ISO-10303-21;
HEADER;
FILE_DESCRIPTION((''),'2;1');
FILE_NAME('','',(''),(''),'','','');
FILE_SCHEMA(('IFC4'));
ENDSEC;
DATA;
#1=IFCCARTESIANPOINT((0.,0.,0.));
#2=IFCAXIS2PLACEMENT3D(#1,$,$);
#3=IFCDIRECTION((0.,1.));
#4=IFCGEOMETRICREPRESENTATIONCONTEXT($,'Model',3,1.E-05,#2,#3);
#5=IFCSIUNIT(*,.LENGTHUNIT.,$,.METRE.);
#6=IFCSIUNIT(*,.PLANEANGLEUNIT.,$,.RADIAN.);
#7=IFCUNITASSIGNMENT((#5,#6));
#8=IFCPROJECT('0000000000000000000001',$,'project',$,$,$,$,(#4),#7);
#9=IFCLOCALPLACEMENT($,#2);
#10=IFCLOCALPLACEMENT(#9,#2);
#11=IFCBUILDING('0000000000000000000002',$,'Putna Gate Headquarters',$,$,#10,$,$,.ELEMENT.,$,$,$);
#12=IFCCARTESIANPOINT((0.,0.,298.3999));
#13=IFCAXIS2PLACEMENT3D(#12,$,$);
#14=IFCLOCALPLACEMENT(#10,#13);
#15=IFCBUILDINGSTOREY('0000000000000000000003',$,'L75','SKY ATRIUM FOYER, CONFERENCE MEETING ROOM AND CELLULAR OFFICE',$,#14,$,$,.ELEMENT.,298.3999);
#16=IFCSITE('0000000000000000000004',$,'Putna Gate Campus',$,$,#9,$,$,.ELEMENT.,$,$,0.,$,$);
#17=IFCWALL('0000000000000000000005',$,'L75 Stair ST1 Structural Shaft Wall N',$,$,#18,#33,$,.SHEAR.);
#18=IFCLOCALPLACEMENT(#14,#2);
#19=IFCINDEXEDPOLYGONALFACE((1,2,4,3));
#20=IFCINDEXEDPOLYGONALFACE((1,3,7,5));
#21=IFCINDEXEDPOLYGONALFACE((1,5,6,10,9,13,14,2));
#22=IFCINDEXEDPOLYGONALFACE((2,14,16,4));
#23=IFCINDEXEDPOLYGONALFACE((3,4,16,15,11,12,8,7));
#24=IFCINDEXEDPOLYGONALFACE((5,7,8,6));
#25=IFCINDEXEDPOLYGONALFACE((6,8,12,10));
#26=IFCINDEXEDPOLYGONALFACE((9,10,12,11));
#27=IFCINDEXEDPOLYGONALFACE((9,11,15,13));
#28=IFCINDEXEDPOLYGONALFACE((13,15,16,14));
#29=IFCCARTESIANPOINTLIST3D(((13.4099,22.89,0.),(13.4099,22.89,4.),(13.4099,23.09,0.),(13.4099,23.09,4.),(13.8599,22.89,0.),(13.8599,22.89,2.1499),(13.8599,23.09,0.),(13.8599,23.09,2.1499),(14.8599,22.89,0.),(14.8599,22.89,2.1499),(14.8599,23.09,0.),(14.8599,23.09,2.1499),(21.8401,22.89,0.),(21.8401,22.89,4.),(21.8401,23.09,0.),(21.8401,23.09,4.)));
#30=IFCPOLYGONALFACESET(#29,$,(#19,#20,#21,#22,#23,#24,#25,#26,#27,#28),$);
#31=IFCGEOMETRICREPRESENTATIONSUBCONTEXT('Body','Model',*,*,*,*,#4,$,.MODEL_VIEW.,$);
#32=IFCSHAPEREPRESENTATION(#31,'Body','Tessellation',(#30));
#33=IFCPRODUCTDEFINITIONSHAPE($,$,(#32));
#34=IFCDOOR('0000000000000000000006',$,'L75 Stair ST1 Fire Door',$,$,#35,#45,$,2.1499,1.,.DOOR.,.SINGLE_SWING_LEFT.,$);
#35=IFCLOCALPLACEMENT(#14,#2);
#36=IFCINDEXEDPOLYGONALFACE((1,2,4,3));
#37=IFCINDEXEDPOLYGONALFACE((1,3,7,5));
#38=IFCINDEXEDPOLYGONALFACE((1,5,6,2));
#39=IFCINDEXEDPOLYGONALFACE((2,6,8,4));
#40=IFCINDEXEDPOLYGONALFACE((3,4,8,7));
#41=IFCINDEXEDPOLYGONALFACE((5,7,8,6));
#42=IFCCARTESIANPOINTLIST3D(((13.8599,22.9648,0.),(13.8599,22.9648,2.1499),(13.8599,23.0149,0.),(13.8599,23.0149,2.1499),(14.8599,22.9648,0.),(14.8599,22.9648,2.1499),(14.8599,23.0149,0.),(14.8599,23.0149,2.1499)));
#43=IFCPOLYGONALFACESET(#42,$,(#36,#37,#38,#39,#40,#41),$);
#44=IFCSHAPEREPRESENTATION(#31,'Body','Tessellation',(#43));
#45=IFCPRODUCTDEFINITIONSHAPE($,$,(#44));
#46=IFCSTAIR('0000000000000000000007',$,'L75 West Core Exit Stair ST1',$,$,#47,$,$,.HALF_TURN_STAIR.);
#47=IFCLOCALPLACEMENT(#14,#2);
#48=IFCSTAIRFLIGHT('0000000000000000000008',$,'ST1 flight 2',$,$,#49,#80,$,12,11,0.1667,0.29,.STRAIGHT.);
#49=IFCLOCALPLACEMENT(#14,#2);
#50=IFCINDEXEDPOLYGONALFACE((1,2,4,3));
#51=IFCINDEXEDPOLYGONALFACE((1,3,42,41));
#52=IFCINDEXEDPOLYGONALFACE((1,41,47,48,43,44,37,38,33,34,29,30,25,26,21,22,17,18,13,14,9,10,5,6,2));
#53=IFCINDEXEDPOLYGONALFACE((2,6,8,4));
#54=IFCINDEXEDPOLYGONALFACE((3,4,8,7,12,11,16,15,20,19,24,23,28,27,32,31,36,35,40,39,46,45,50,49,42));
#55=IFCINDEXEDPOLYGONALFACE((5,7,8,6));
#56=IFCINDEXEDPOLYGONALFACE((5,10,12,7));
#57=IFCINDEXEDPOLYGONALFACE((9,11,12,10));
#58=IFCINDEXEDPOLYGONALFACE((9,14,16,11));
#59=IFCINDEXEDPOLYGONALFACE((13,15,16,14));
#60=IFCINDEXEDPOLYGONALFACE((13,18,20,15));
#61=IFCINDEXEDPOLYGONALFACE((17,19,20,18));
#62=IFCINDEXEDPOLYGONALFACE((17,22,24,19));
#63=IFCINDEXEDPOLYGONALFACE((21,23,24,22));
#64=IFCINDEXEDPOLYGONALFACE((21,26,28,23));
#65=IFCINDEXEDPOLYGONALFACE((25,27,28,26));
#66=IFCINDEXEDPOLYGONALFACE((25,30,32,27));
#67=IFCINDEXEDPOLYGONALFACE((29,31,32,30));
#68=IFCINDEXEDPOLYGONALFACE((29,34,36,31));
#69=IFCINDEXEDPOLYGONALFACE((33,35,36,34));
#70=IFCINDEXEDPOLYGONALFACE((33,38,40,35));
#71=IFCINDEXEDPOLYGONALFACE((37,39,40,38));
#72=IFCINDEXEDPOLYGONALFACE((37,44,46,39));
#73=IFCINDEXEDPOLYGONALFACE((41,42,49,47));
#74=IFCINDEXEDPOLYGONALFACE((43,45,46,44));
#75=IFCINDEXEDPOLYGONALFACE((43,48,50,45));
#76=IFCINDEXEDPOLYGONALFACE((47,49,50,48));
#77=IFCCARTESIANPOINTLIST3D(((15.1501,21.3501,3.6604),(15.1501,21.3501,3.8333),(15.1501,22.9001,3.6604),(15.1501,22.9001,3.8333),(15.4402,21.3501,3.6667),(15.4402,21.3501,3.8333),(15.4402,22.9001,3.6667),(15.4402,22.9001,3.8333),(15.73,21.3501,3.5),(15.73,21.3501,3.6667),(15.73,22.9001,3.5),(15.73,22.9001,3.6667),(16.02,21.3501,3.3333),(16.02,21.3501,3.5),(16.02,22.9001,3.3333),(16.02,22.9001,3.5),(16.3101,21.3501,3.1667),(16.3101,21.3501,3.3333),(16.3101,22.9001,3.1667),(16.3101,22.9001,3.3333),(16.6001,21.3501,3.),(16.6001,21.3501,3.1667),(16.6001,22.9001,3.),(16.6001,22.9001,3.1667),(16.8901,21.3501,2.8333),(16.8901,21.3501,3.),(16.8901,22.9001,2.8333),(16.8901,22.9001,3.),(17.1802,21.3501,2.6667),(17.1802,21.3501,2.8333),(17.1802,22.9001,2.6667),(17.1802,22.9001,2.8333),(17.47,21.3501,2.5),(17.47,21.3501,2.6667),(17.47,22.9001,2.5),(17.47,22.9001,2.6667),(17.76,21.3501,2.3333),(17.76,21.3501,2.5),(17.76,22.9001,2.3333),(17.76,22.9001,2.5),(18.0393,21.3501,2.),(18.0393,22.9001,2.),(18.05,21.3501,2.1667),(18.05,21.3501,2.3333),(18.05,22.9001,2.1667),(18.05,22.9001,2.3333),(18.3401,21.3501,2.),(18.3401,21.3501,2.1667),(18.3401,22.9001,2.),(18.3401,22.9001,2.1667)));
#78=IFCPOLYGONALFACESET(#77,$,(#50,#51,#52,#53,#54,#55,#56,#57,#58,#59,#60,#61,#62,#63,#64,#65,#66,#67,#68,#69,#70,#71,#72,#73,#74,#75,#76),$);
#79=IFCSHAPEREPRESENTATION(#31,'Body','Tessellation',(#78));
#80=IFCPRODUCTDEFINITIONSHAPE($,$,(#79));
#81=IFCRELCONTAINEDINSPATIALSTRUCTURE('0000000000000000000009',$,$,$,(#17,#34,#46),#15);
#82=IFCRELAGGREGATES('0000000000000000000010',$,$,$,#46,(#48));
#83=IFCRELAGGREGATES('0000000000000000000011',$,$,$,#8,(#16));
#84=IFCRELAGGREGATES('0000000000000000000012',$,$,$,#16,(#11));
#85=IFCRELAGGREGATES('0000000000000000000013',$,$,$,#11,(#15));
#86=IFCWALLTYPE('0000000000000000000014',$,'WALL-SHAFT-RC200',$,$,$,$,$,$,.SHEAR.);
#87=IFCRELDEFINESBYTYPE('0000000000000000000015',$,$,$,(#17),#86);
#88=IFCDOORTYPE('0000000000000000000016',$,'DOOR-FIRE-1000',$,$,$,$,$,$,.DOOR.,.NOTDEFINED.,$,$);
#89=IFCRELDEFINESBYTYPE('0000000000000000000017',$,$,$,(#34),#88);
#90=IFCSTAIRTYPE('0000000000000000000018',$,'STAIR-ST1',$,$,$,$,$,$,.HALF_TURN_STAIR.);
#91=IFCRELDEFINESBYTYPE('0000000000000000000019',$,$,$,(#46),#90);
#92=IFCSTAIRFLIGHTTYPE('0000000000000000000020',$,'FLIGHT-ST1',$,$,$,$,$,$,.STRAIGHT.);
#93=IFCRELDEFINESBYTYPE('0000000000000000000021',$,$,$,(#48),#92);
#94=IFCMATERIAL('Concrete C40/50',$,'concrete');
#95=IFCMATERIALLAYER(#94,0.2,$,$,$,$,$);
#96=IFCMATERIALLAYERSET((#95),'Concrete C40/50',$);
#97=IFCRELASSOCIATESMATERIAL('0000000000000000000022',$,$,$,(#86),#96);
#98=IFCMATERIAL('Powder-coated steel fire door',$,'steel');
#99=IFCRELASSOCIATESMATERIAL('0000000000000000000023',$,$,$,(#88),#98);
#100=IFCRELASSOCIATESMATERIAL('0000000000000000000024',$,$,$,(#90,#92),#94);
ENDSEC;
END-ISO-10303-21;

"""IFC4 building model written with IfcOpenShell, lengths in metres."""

from ifc_helpers import new_model, si_unit, direction, frame, frame_2d, origin, place, context, subcontext, project, spatial, polyline, rectangle, outline, extrude, material, layer, layer_set, type_object, element, fill, aggregate, save


model = new_model("IFC4")

# Units and contexts
model_context = context("Model", 3, precision=1e-05, world=origin(), true_north=direction((0.0, 1.0)))
body_context = subcontext(model_context, "Body", "Model", "MODEL_VIEW")
ifc_project = project(units=[si_unit("LENGTHUNIT", "METRE"), si_unit("PLANEANGLEUNIT", "RADIAN")], contexts=[model_context])

# Site, building, storey
site_placement = place(None, origin())
site = spatial("IfcSite", under=ifc_project, at=site_placement, Name="Putna Gate Campus", CompositionType="ELEMENT", RefElevation=0.0)
building_placement = place(site_placement, origin())
building = spatial("IfcBuilding", under=site, at=building_placement, Name="Putna Gate Headquarters", CompositionType="ELEMENT")
storey_placement = place(building_placement, frame((0.0, 0.0, 298.3999)))
storey = spatial("IfcBuildingStorey", under=building, at=storey_placement, Name="L75", Description="SKY ATRIUM FOYER, CONFERENCE MEETING ROOM AND CELLULAR OFFICE", CompositionType="ELEMENT", Elevation=298.3999)

# Shared definitions
ifc_material_1 = material(Name="Concrete C40/50", Category="concrete")

# Wall, opening, door
ifc_layer_1 = layer(ifc_material_1, 0.2)
ifc_layer_set_1 = layer_set([ifc_layer_1], Name="Concrete C40/50")
wall_type_1 = type_object("IfcWallType", Name="WALL-SHAFT-RC200", PredefinedType="SHEAR", material=ifc_layer_set_1)
wall_1_placement = place(storey_placement, frame((13.4099, 22.99, 0.0), z_axis=(0.0, 0.0, 1.0), x_axis=(1.0, 0.0, 0.0)))
wall_1 = element("IfcWall", 1, at=wall_1_placement, inside=storey, type_object=wall_type_1, Name="L75 Stair ST1 Structural Shaft Wall N", PredefinedType="SHEAR", context=body_context, shape_type="SweptSolid", body=[
    extrude(rectangle(XDim=8.4302, YDim=0.2, at=frame_2d((4.2151, 0.0))), origin(), (0.0, 0.0, 1.0), 4.0),
])
opening_1_placement = place(wall_1_placement, frame((0.45, 0.0, 0.0)))
opening_1 = element("IfcOpeningElement", 2, at=opening_1_placement, cuts=wall_1, PredefinedType="OPENING", context=body_context, shape_type="SweptSolid", body=[
    extrude(rectangle(XDim=1.0, YDim=2.1499, at=frame_2d((0.5, 1.075))), frame((0.0, 0.1099, 0.0), z_axis=(0.0, -1.0, 0.0), x_axis=(1.0, 0.0, 0.0)), (0.0, 0.0, 1.0), 0.22),
])
ifc_material_2 = material(Name="Powder-coated steel fire door", Category="steel")
door_type_1 = type_object("IfcDoorType", Name="DOOR-FIRE-1000", OperationType="NOTDEFINED", PredefinedType="DOOR", material=ifc_material_2)
door_1_placement = place(opening_1_placement, origin())
door_1 = element("IfcDoor", 3, at=door_1_placement, inside=storey, type_object=door_type_1, Name="L75 Stair ST1 Fire Door", OperationType="SINGLE_SWING_LEFT", OverallHeight=2.1499, OverallWidth=1.0, PredefinedType="DOOR", context=body_context, shape_type="SweptSolid", body=[
    extrude(rectangle(XDim=1.0, YDim=2.1499, at=frame_2d((0.5, 1.075))), frame((0.0, 0.0249, 0.0), z_axis=(0.0, -1.0, 0.0), x_axis=(1.0, 0.0, 0.0)), (0.0, 0.0, 1.0), 0.05),
])
fill(opening_1, door_1)

# Stair, stair flight
stair_type = type_object("IfcStairType", Name="STAIR-ST1", PredefinedType="HALF_TURN_STAIR", material=ifc_material_1)
stair_placement = place(storey_placement, origin())
stair = element("IfcStair", 4, at=stair_placement, inside=storey, type_object=stair_type, Name="L75 West Core Exit Stair ST1", PredefinedType="HALF_TURN_STAIR")
stair_flight_type = type_object("IfcStairFlightType", Name="FLIGHT-ST1", PredefinedType="STRAIGHT", material=ifc_material_1)
stair_flight_placement = place(storey_placement, frame((18.3401, 22.125, 2.0), z_axis=(0.0, 0.0, 1.0), x_axis=(-1.0, 0.0, 0.0)))
stair_flight = element("IfcStairFlight", 5, at=stair_flight_placement, type_object=stair_flight_type, Name="ST1 flight 2", NumberOfRisers=12, NumberOfTreads=11, PredefinedType="STRAIGHT", RiserHeight=0.1667, TreadLength=0.29, context=body_context, shape_type="SweptSolid", body=[
    extrude(outline(polyline([(0.0, 0.0), (0.0, 0.1667), (0.29, 0.1667), (0.29, 0.3333), (0.5801, 0.3333), (0.5801, 0.5), (0.8701, 0.5), (0.8701, 0.6667), (1.1599, 0.6667), (1.1599, 0.8333), (1.45, 0.8333), (1.45, 1.0), (1.74, 1.0), (1.74, 1.1667), (2.03, 1.1667), (2.03, 1.3333), (2.3201, 1.3333), (2.3201, 1.5), (2.6101, 1.5), (2.6101, 1.6667), (2.8999, 1.6667), (2.8999, 1.8333), (3.1899, 1.8333), (3.1899, 2.0), (3.1899, 1.6604), (0.3008, 0.0), (0.0, 0.0)])), frame((0.0, 0.7749, 0.0), z_axis=(0.0, -1.0, 0.0), x_axis=(1.0, 0.0, 0.0)), (0.0, 0.0, 1.0), 1.55),
])
aggregate(stair, [stair_flight])

save(model, "model.ifc")
